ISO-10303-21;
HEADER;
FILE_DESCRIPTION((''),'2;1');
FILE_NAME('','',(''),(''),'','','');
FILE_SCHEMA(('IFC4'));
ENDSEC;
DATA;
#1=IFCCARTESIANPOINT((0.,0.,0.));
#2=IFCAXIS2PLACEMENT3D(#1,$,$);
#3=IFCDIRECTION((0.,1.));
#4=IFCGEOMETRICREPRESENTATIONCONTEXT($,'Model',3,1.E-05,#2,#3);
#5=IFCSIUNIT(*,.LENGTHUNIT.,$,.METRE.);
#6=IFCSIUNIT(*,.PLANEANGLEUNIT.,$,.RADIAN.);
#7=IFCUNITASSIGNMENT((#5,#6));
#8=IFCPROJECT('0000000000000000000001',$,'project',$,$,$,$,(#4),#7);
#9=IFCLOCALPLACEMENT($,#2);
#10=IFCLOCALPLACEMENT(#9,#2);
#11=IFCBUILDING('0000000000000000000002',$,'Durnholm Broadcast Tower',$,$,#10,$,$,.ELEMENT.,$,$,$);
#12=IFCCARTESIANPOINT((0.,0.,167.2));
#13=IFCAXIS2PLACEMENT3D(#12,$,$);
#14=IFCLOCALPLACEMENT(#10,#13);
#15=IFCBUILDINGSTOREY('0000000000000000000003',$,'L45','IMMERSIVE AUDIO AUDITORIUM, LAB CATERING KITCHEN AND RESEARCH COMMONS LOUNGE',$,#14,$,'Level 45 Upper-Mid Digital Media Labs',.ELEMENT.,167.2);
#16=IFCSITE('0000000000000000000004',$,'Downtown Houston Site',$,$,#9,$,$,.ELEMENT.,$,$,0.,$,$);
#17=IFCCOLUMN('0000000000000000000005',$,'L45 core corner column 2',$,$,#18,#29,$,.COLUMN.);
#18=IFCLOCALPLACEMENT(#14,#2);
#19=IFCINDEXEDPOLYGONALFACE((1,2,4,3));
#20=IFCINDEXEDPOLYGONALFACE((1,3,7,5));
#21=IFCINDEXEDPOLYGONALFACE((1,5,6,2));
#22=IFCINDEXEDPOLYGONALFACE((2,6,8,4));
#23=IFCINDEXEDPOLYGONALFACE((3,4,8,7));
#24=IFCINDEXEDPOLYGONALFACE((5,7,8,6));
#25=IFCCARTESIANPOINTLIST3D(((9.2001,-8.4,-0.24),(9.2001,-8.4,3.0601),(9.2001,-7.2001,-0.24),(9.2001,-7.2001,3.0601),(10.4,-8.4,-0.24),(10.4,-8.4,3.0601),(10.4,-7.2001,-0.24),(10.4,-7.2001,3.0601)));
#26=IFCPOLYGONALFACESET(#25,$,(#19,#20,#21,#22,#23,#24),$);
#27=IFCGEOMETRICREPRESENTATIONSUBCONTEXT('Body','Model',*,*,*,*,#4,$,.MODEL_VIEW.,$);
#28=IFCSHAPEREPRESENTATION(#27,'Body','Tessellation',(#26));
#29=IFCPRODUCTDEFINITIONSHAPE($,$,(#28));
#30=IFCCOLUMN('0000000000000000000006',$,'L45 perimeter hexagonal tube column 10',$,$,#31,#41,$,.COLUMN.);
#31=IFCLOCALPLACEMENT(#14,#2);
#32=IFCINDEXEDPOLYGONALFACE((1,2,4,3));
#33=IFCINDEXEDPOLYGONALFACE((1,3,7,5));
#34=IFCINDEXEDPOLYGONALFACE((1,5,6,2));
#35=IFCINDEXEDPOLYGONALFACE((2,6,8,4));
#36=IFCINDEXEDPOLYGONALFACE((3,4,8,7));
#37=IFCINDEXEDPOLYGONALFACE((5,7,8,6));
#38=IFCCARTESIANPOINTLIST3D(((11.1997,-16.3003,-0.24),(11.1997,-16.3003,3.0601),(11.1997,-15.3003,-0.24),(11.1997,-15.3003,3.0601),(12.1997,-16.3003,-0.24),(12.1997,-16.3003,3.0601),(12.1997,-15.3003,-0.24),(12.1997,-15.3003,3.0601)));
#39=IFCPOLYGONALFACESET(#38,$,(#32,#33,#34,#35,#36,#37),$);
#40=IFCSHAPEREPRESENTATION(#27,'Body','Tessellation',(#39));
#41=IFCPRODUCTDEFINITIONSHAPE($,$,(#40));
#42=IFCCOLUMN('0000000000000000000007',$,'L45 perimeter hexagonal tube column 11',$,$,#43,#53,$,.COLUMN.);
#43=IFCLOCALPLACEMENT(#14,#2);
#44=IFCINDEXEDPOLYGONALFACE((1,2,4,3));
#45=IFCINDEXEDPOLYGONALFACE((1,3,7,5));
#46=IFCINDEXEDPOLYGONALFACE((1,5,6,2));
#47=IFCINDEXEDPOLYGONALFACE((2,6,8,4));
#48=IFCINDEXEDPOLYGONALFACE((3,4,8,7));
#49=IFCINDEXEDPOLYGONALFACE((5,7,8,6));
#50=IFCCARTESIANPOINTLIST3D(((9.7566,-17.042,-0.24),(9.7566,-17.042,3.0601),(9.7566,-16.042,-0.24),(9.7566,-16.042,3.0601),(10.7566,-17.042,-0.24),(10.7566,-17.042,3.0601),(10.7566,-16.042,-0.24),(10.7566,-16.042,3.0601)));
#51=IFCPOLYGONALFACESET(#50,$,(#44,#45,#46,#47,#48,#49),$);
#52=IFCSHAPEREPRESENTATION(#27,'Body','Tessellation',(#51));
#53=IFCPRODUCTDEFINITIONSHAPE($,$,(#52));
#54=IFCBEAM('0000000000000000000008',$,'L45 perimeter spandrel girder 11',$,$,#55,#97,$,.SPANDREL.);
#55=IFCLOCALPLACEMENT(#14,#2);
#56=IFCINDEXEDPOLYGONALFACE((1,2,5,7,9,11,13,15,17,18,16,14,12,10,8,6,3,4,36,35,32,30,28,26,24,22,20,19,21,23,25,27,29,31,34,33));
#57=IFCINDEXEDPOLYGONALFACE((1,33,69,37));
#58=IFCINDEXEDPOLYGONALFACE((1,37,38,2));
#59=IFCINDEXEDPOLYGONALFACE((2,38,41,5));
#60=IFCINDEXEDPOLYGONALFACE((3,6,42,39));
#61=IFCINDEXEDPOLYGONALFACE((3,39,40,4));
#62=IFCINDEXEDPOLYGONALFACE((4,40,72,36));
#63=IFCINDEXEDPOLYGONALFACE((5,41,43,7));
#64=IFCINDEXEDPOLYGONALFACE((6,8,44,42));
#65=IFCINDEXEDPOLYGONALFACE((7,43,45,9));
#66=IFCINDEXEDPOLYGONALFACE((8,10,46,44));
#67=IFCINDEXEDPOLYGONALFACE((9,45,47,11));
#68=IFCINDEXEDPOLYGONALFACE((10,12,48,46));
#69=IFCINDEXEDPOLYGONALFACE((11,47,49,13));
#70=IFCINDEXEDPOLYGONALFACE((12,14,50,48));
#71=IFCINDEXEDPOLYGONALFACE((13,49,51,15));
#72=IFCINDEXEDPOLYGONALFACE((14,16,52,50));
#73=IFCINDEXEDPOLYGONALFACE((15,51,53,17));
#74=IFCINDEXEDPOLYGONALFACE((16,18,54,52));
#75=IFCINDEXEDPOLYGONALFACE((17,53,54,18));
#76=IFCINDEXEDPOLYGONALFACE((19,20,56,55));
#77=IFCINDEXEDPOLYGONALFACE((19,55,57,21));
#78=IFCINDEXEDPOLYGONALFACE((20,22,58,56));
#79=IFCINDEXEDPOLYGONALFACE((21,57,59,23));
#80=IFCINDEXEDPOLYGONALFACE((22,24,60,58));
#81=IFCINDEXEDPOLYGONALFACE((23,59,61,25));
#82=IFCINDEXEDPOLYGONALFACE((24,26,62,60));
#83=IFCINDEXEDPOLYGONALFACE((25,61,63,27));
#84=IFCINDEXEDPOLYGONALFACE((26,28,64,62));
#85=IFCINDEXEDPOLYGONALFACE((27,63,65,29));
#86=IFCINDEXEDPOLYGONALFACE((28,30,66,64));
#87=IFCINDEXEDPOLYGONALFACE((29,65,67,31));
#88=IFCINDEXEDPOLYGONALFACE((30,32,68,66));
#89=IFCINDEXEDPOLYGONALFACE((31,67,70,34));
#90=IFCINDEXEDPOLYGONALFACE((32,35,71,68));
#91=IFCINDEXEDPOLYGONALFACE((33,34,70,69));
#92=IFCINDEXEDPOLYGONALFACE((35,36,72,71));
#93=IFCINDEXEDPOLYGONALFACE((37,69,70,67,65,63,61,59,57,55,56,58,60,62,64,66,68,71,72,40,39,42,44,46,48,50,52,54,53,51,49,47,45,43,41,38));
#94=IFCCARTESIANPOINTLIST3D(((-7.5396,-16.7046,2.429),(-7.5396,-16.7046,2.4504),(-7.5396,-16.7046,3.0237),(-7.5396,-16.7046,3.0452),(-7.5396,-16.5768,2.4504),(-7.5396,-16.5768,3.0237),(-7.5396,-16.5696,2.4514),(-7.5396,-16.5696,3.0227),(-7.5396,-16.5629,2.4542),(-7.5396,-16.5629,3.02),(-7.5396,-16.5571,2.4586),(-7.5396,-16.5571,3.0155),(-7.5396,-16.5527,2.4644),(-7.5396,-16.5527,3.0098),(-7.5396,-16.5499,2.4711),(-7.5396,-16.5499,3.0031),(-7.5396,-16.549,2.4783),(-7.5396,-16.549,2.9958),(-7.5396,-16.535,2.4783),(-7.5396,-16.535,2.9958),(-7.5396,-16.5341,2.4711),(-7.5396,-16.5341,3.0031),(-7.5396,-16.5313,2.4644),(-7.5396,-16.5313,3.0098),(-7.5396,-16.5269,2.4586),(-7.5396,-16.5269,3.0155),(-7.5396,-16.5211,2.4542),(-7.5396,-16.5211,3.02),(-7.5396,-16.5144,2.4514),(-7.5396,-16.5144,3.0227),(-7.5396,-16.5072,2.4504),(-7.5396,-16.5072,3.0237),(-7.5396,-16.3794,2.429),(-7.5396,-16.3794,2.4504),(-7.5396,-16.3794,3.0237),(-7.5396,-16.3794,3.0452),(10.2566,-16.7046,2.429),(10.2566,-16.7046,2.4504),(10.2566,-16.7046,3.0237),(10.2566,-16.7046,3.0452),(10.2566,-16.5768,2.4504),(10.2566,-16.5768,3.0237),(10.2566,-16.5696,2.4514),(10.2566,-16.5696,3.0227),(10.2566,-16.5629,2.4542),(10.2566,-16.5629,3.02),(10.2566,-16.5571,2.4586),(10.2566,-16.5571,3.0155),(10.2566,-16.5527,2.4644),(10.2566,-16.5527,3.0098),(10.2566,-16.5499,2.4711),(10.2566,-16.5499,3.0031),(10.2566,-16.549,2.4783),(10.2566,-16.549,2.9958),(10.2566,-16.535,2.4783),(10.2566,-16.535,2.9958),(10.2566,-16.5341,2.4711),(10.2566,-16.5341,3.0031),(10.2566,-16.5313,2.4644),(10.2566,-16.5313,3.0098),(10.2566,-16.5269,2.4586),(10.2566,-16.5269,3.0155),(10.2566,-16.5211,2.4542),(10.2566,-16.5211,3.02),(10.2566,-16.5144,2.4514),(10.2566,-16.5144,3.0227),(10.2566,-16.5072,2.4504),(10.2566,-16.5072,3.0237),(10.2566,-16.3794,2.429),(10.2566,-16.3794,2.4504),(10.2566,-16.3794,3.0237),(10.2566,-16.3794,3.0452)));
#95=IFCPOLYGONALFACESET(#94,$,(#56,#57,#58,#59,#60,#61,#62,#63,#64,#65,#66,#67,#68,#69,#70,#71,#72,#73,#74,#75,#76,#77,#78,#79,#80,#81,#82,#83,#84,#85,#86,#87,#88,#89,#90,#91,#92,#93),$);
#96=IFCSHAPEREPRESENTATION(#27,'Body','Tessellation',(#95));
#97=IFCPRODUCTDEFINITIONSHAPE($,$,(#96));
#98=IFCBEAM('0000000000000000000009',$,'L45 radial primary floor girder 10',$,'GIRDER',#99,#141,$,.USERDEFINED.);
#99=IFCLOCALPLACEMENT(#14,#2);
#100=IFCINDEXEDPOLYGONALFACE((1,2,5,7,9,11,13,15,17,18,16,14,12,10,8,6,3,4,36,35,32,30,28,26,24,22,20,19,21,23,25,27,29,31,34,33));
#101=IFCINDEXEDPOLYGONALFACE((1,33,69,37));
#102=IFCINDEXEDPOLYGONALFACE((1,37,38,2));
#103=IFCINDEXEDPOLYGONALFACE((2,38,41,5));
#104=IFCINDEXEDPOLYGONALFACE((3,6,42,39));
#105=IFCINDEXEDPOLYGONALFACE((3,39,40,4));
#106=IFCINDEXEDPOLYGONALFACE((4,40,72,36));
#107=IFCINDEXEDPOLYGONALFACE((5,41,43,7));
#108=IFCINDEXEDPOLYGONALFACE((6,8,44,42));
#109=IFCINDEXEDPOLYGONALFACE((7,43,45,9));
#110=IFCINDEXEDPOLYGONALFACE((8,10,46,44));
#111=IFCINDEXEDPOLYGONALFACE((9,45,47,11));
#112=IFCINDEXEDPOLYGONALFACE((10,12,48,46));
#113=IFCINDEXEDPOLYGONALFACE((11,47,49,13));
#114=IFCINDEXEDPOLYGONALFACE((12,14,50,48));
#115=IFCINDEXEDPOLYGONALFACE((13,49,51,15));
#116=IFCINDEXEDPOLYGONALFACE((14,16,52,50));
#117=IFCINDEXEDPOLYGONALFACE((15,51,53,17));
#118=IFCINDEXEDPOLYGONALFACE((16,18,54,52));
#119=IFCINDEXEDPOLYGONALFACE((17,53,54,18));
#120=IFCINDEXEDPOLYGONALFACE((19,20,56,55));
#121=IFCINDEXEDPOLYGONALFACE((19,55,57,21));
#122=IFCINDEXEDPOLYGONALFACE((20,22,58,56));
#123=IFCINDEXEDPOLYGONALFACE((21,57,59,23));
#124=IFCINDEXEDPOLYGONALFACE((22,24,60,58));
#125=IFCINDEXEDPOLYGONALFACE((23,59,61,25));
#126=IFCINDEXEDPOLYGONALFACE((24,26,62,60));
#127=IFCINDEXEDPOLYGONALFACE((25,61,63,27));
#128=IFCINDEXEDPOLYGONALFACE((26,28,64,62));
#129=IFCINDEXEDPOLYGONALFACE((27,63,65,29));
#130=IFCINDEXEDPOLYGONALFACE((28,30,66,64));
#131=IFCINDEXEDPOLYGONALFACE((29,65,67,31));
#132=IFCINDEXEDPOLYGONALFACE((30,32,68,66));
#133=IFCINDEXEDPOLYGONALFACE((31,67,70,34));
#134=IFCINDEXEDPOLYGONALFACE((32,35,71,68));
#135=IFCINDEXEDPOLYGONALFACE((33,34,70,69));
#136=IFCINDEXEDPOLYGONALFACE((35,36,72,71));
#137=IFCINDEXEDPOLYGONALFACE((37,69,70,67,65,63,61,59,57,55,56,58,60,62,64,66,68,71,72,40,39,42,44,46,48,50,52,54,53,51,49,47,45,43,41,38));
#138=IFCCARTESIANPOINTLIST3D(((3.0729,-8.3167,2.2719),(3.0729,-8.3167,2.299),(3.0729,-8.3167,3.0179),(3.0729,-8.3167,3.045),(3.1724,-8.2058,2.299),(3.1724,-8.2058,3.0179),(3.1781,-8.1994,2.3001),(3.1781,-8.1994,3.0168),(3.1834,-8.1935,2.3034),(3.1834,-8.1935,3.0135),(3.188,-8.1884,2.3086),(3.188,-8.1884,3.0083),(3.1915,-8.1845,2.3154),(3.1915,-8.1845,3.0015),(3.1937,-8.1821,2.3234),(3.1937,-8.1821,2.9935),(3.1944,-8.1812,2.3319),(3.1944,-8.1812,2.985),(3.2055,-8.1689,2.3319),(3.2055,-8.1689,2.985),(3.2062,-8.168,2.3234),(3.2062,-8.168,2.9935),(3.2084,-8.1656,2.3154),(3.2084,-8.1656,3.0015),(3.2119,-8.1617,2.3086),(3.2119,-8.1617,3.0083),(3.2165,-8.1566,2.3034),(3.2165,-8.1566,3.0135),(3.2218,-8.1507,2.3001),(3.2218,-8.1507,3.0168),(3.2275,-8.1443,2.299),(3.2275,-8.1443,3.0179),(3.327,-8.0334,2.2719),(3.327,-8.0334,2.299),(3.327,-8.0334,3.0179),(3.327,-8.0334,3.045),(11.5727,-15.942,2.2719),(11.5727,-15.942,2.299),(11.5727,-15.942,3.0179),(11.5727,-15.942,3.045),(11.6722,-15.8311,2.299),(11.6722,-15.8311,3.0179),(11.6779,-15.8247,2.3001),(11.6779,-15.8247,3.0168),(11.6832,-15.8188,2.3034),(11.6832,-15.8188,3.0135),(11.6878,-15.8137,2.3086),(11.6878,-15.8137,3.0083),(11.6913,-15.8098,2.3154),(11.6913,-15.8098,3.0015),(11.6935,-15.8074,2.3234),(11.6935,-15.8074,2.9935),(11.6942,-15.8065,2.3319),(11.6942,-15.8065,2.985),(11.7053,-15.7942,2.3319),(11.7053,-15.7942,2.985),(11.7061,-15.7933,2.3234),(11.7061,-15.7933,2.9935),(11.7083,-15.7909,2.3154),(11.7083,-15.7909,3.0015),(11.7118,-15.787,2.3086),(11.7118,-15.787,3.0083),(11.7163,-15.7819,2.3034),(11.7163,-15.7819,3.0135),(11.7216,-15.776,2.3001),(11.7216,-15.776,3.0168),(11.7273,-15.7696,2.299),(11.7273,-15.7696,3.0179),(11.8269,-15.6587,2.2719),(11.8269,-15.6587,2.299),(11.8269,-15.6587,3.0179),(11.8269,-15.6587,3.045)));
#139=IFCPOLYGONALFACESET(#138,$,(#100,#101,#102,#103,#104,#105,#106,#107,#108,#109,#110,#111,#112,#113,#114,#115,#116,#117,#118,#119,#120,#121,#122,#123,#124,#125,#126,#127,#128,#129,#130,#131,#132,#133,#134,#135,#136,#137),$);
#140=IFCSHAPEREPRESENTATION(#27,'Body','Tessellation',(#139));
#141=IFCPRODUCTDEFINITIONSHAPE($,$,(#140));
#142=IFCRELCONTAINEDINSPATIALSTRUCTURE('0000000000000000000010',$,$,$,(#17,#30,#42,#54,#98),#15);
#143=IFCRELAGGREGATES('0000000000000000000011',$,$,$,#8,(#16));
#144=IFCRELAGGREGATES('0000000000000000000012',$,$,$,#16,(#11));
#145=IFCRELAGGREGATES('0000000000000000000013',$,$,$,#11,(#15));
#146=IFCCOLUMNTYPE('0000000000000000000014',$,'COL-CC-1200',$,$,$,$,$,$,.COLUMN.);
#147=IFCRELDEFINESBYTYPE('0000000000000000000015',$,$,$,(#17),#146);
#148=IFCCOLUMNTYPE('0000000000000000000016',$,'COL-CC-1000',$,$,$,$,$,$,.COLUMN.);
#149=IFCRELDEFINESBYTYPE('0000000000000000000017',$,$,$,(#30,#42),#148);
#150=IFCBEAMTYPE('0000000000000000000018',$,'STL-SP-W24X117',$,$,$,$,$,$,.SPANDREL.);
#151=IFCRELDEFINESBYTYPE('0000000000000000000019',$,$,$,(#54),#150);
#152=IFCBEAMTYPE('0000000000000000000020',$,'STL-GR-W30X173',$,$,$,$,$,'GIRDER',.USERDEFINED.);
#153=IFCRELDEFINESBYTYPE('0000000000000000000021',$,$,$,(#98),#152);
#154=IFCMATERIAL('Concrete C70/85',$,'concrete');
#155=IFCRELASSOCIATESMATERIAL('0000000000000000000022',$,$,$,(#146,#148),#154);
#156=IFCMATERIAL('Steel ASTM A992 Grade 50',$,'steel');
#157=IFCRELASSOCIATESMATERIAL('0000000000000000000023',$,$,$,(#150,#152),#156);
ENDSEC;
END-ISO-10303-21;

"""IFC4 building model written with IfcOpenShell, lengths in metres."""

from ifc_helpers import new_model, si_unit, direction, frame, origin, origin_2d, place, context, subcontext, project, spatial, rectangle, i_section, extrude, source, transform, mapped, material, material_profile, profile_set, type_object, type_shapes, element, save


model = new_model("IFC4")

# Units and contexts
model_context = context("Model", 3, precision=1e-05, world=origin(), true_north=direction((0.0, 1.0)))
body_context = subcontext(model_context, "Body", "Model", "MODEL_VIEW")
ifc_project = project(units=[si_unit("LENGTHUNIT", "METRE"), si_unit("PLANEANGLEUNIT", "RADIAN")], contexts=[model_context])

# Site, building, storey
site_placement = place(None, origin())
site = spatial("IfcSite", under=ifc_project, at=site_placement, Name="Downtown Houston Site", CompositionType="ELEMENT", RefElevation=0.0)
building_placement = place(site_placement, origin())
building = spatial("IfcBuilding", under=site, at=building_placement, Name="Durnholm Broadcast Tower", CompositionType="ELEMENT")
storey_placement = place(building_placement, frame((0.0, 0.0, 167.2)))
storey = spatial("IfcBuildingStorey", under=building, at=storey_placement, Name="L45", Description="IMMERSIVE AUDIO AUDITORIUM, LAB CATERING KITCHEN AND RESEARCH COMMONS LOUNGE", LongName="Level 45 Upper-Mid Digital Media Labs", CompositionType="ELEMENT", Elevation=167.2)

# Columns
ifc_material_1 = material(Name="Concrete C70/85", Category="concrete")
ifc_material_profile_1 = material_profile(ifc_material_1, rectangle(XDim=1.2, YDim=1.2, at=origin_2d()), Name="RC1200X1200")
ifc_profile_set_1 = profile_set([ifc_material_profile_1], Name="Concrete C70/85")
column_type_1 = type_object("IfcColumnType", Name="COL-CC-1200", PredefinedType="COLUMN", material=ifc_profile_set_1)
shared_shape_1 = source(origin(), body_context, "Body", "SweptSolid", [
    extrude(rectangle(XDim=1.2, YDim=1.2, at=origin_2d()), origin(), (0.0, 0.0, 1.0), 3.3),
])
type_shapes(column_type_1, [shared_shape_1])
column_placement = place(storey_placement, frame((9.8, -7.8, -0.24), z_axis=(0.0, 0.0, 1.0), x_axis=(1.0, 0.0, 0.0)))
element("IfcColumn", 1, at=column_placement, inside=storey, type_object=column_type_1, Name="L45 core corner column 2", PredefinedType="COLUMN", context=body_context, shape_type="MappedRepresentation", body=[
    mapped(shared_shape_1, transform((0.0, 0.0, 0.0), x_axis=(1.0, 0.0, 0.0), y_axis=(0.0, 1.0, 0.0), z_axis=(0.0, 0.0, 1.0), scale=1.0)),
])
ifc_material_profile_2 = material_profile(ifc_material_1, rectangle(XDim=1.0, YDim=1.0, at=origin_2d()), Name="RC1000X1000")
ifc_profile_set_2 = profile_set([ifc_material_profile_2], Name="Concrete C70/85")
column_type_2 = type_object("IfcColumnType", Name="COL-CC-1000", PredefinedType="COLUMN", material=ifc_profile_set_2)
shared_shape_2 = source(origin(), body_context, "Body", "SweptSolid", [
    extrude(rectangle(XDim=1.0, YDim=1.0, at=origin_2d()), origin(), (0.0, 0.0, 1.0), 3.3),
])
type_shapes(column_type_2, [shared_shape_2])
for number, where, z_axis, x_axis, name in (
    (2, (11.6997, -15.8003, -0.24), (0.0, 0.0, 1.0), (1.0, 0.0, 0.0), "L45 perimeter hexagonal tube column 10"),
    (3, (10.2566, -16.542, -0.24), (0.0, 0.0, 1.0), (1.0, 0.0, 0.0), "L45 perimeter hexagonal tube column 11"),
):
    element("IfcColumn", number, at=place(storey_placement, frame(where, z_axis=z_axis, x_axis=x_axis)), inside=storey, type_object=column_type_2, Name=name, PredefinedType="COLUMN", context=body_context, shape_type="MappedRepresentation", body=[
        mapped(shared_shape_2, transform((0.0, 0.0, 0.0), x_axis=(1.0, 0.0, 0.0), y_axis=(0.0, 1.0, 0.0), z_axis=(0.0, 0.0, 1.0), scale=1.0)),
    ])

# Beams
ifc_material_2 = material(Name="Steel ASTM A992 Grade 50", Category="steel")
ifc_material_profile_3 = material_profile(ifc_material_2, i_section(OverallWidth=0.3252, OverallDepth=0.6162, WebThickness=0.0139, FlangeThickness=0.0215, FilletRadius=0.0278, at=origin_2d()), Name="W24X117")
ifc_profile_set_3 = profile_set([ifc_material_profile_3], Name="Steel ASTM A992 Grade 50")
beam_type_1 = type_object("IfcBeamType", Name="STL-SP-W24X117", PredefinedType="SPANDREL", material=ifc_profile_set_3)
shared_shape_3 = source(origin(), body_context, "Body", "SweptSolid", [
    extrude(i_section(OverallWidth=0.3252, OverallDepth=0.6162, WebThickness=0.0139, FlangeThickness=0.0215, FilletRadius=0.0278, at=origin_2d()), origin(), (0.0, 0.0, 1.0), 17.7961),
])
type_shapes(beam_type_1, [shared_shape_3])
beam_1_placement = place(storey_placement, frame((10.2566, -16.542, 2.7371), z_axis=(-1.0, 0.0, 0.0), x_axis=(0.0, -1.0, 0.0)))
element("IfcBeam", 4, at=beam_1_placement, inside=storey, type_object=beam_type_1, Name="L45 perimeter spandrel girder 11", PredefinedType="SPANDREL", context=body_context, shape_type="MappedRepresentation", body=[
    mapped(shared_shape_3, transform((0.0, 0.0, 0.0), x_axis=(1.0, 0.0, 0.0), y_axis=(0.0, 1.0, 0.0), z_axis=(0.0, 0.0, 1.0), scale=1.0)),
])
ifc_material_profile_4 = material_profile(ifc_material_2, i_section(OverallWidth=0.3806, OverallDepth=0.7732, WebThickness=0.0166, FlangeThickness=0.0271, FilletRadius=0.033, at=origin_2d()), Name="W30X173")
ifc_profile_set_4 = profile_set([ifc_material_profile_4], Name="Steel ASTM A992 Grade 50")
beam_type_2 = type_object("IfcBeamType", Name="STL-GR-W30X173", ElementType="GIRDER", PredefinedType="USERDEFINED", material=ifc_profile_set_4)
shared_shape_4 = source(origin(), body_context, "Body", "SweptSolid", [
    extrude(i_section(OverallWidth=0.3806, OverallDepth=0.7732, WebThickness=0.0166, FlangeThickness=0.0271, FilletRadius=0.033, at=origin_2d()), origin(), (0.0, 0.0, 1.0), 11.4189),
])
beam_2_placement = place(storey_placement, frame((3.2, -8.175, 2.6584), z_axis=(0.744362, -0.667777, 0.0), x_axis=(0.667777, 0.744362, 0.0)))
element("IfcBeam", 5, at=beam_2_placement, inside=storey, type_object=beam_type_2, Name="L45 radial primary floor girder 10", ObjectType="GIRDER", PredefinedType="USERDEFINED", context=body_context, shape_type="MappedRepresentation", body=[
    mapped(shared_shape_4, transform((0.0, 0.0, 0.0), x_axis=(1.0, 0.0, 0.0), y_axis=(0.0, 1.0, 0.0), z_axis=(0.0, 0.0, 1.0), scale=1.0)),
])

save(model, "model.ifc")
